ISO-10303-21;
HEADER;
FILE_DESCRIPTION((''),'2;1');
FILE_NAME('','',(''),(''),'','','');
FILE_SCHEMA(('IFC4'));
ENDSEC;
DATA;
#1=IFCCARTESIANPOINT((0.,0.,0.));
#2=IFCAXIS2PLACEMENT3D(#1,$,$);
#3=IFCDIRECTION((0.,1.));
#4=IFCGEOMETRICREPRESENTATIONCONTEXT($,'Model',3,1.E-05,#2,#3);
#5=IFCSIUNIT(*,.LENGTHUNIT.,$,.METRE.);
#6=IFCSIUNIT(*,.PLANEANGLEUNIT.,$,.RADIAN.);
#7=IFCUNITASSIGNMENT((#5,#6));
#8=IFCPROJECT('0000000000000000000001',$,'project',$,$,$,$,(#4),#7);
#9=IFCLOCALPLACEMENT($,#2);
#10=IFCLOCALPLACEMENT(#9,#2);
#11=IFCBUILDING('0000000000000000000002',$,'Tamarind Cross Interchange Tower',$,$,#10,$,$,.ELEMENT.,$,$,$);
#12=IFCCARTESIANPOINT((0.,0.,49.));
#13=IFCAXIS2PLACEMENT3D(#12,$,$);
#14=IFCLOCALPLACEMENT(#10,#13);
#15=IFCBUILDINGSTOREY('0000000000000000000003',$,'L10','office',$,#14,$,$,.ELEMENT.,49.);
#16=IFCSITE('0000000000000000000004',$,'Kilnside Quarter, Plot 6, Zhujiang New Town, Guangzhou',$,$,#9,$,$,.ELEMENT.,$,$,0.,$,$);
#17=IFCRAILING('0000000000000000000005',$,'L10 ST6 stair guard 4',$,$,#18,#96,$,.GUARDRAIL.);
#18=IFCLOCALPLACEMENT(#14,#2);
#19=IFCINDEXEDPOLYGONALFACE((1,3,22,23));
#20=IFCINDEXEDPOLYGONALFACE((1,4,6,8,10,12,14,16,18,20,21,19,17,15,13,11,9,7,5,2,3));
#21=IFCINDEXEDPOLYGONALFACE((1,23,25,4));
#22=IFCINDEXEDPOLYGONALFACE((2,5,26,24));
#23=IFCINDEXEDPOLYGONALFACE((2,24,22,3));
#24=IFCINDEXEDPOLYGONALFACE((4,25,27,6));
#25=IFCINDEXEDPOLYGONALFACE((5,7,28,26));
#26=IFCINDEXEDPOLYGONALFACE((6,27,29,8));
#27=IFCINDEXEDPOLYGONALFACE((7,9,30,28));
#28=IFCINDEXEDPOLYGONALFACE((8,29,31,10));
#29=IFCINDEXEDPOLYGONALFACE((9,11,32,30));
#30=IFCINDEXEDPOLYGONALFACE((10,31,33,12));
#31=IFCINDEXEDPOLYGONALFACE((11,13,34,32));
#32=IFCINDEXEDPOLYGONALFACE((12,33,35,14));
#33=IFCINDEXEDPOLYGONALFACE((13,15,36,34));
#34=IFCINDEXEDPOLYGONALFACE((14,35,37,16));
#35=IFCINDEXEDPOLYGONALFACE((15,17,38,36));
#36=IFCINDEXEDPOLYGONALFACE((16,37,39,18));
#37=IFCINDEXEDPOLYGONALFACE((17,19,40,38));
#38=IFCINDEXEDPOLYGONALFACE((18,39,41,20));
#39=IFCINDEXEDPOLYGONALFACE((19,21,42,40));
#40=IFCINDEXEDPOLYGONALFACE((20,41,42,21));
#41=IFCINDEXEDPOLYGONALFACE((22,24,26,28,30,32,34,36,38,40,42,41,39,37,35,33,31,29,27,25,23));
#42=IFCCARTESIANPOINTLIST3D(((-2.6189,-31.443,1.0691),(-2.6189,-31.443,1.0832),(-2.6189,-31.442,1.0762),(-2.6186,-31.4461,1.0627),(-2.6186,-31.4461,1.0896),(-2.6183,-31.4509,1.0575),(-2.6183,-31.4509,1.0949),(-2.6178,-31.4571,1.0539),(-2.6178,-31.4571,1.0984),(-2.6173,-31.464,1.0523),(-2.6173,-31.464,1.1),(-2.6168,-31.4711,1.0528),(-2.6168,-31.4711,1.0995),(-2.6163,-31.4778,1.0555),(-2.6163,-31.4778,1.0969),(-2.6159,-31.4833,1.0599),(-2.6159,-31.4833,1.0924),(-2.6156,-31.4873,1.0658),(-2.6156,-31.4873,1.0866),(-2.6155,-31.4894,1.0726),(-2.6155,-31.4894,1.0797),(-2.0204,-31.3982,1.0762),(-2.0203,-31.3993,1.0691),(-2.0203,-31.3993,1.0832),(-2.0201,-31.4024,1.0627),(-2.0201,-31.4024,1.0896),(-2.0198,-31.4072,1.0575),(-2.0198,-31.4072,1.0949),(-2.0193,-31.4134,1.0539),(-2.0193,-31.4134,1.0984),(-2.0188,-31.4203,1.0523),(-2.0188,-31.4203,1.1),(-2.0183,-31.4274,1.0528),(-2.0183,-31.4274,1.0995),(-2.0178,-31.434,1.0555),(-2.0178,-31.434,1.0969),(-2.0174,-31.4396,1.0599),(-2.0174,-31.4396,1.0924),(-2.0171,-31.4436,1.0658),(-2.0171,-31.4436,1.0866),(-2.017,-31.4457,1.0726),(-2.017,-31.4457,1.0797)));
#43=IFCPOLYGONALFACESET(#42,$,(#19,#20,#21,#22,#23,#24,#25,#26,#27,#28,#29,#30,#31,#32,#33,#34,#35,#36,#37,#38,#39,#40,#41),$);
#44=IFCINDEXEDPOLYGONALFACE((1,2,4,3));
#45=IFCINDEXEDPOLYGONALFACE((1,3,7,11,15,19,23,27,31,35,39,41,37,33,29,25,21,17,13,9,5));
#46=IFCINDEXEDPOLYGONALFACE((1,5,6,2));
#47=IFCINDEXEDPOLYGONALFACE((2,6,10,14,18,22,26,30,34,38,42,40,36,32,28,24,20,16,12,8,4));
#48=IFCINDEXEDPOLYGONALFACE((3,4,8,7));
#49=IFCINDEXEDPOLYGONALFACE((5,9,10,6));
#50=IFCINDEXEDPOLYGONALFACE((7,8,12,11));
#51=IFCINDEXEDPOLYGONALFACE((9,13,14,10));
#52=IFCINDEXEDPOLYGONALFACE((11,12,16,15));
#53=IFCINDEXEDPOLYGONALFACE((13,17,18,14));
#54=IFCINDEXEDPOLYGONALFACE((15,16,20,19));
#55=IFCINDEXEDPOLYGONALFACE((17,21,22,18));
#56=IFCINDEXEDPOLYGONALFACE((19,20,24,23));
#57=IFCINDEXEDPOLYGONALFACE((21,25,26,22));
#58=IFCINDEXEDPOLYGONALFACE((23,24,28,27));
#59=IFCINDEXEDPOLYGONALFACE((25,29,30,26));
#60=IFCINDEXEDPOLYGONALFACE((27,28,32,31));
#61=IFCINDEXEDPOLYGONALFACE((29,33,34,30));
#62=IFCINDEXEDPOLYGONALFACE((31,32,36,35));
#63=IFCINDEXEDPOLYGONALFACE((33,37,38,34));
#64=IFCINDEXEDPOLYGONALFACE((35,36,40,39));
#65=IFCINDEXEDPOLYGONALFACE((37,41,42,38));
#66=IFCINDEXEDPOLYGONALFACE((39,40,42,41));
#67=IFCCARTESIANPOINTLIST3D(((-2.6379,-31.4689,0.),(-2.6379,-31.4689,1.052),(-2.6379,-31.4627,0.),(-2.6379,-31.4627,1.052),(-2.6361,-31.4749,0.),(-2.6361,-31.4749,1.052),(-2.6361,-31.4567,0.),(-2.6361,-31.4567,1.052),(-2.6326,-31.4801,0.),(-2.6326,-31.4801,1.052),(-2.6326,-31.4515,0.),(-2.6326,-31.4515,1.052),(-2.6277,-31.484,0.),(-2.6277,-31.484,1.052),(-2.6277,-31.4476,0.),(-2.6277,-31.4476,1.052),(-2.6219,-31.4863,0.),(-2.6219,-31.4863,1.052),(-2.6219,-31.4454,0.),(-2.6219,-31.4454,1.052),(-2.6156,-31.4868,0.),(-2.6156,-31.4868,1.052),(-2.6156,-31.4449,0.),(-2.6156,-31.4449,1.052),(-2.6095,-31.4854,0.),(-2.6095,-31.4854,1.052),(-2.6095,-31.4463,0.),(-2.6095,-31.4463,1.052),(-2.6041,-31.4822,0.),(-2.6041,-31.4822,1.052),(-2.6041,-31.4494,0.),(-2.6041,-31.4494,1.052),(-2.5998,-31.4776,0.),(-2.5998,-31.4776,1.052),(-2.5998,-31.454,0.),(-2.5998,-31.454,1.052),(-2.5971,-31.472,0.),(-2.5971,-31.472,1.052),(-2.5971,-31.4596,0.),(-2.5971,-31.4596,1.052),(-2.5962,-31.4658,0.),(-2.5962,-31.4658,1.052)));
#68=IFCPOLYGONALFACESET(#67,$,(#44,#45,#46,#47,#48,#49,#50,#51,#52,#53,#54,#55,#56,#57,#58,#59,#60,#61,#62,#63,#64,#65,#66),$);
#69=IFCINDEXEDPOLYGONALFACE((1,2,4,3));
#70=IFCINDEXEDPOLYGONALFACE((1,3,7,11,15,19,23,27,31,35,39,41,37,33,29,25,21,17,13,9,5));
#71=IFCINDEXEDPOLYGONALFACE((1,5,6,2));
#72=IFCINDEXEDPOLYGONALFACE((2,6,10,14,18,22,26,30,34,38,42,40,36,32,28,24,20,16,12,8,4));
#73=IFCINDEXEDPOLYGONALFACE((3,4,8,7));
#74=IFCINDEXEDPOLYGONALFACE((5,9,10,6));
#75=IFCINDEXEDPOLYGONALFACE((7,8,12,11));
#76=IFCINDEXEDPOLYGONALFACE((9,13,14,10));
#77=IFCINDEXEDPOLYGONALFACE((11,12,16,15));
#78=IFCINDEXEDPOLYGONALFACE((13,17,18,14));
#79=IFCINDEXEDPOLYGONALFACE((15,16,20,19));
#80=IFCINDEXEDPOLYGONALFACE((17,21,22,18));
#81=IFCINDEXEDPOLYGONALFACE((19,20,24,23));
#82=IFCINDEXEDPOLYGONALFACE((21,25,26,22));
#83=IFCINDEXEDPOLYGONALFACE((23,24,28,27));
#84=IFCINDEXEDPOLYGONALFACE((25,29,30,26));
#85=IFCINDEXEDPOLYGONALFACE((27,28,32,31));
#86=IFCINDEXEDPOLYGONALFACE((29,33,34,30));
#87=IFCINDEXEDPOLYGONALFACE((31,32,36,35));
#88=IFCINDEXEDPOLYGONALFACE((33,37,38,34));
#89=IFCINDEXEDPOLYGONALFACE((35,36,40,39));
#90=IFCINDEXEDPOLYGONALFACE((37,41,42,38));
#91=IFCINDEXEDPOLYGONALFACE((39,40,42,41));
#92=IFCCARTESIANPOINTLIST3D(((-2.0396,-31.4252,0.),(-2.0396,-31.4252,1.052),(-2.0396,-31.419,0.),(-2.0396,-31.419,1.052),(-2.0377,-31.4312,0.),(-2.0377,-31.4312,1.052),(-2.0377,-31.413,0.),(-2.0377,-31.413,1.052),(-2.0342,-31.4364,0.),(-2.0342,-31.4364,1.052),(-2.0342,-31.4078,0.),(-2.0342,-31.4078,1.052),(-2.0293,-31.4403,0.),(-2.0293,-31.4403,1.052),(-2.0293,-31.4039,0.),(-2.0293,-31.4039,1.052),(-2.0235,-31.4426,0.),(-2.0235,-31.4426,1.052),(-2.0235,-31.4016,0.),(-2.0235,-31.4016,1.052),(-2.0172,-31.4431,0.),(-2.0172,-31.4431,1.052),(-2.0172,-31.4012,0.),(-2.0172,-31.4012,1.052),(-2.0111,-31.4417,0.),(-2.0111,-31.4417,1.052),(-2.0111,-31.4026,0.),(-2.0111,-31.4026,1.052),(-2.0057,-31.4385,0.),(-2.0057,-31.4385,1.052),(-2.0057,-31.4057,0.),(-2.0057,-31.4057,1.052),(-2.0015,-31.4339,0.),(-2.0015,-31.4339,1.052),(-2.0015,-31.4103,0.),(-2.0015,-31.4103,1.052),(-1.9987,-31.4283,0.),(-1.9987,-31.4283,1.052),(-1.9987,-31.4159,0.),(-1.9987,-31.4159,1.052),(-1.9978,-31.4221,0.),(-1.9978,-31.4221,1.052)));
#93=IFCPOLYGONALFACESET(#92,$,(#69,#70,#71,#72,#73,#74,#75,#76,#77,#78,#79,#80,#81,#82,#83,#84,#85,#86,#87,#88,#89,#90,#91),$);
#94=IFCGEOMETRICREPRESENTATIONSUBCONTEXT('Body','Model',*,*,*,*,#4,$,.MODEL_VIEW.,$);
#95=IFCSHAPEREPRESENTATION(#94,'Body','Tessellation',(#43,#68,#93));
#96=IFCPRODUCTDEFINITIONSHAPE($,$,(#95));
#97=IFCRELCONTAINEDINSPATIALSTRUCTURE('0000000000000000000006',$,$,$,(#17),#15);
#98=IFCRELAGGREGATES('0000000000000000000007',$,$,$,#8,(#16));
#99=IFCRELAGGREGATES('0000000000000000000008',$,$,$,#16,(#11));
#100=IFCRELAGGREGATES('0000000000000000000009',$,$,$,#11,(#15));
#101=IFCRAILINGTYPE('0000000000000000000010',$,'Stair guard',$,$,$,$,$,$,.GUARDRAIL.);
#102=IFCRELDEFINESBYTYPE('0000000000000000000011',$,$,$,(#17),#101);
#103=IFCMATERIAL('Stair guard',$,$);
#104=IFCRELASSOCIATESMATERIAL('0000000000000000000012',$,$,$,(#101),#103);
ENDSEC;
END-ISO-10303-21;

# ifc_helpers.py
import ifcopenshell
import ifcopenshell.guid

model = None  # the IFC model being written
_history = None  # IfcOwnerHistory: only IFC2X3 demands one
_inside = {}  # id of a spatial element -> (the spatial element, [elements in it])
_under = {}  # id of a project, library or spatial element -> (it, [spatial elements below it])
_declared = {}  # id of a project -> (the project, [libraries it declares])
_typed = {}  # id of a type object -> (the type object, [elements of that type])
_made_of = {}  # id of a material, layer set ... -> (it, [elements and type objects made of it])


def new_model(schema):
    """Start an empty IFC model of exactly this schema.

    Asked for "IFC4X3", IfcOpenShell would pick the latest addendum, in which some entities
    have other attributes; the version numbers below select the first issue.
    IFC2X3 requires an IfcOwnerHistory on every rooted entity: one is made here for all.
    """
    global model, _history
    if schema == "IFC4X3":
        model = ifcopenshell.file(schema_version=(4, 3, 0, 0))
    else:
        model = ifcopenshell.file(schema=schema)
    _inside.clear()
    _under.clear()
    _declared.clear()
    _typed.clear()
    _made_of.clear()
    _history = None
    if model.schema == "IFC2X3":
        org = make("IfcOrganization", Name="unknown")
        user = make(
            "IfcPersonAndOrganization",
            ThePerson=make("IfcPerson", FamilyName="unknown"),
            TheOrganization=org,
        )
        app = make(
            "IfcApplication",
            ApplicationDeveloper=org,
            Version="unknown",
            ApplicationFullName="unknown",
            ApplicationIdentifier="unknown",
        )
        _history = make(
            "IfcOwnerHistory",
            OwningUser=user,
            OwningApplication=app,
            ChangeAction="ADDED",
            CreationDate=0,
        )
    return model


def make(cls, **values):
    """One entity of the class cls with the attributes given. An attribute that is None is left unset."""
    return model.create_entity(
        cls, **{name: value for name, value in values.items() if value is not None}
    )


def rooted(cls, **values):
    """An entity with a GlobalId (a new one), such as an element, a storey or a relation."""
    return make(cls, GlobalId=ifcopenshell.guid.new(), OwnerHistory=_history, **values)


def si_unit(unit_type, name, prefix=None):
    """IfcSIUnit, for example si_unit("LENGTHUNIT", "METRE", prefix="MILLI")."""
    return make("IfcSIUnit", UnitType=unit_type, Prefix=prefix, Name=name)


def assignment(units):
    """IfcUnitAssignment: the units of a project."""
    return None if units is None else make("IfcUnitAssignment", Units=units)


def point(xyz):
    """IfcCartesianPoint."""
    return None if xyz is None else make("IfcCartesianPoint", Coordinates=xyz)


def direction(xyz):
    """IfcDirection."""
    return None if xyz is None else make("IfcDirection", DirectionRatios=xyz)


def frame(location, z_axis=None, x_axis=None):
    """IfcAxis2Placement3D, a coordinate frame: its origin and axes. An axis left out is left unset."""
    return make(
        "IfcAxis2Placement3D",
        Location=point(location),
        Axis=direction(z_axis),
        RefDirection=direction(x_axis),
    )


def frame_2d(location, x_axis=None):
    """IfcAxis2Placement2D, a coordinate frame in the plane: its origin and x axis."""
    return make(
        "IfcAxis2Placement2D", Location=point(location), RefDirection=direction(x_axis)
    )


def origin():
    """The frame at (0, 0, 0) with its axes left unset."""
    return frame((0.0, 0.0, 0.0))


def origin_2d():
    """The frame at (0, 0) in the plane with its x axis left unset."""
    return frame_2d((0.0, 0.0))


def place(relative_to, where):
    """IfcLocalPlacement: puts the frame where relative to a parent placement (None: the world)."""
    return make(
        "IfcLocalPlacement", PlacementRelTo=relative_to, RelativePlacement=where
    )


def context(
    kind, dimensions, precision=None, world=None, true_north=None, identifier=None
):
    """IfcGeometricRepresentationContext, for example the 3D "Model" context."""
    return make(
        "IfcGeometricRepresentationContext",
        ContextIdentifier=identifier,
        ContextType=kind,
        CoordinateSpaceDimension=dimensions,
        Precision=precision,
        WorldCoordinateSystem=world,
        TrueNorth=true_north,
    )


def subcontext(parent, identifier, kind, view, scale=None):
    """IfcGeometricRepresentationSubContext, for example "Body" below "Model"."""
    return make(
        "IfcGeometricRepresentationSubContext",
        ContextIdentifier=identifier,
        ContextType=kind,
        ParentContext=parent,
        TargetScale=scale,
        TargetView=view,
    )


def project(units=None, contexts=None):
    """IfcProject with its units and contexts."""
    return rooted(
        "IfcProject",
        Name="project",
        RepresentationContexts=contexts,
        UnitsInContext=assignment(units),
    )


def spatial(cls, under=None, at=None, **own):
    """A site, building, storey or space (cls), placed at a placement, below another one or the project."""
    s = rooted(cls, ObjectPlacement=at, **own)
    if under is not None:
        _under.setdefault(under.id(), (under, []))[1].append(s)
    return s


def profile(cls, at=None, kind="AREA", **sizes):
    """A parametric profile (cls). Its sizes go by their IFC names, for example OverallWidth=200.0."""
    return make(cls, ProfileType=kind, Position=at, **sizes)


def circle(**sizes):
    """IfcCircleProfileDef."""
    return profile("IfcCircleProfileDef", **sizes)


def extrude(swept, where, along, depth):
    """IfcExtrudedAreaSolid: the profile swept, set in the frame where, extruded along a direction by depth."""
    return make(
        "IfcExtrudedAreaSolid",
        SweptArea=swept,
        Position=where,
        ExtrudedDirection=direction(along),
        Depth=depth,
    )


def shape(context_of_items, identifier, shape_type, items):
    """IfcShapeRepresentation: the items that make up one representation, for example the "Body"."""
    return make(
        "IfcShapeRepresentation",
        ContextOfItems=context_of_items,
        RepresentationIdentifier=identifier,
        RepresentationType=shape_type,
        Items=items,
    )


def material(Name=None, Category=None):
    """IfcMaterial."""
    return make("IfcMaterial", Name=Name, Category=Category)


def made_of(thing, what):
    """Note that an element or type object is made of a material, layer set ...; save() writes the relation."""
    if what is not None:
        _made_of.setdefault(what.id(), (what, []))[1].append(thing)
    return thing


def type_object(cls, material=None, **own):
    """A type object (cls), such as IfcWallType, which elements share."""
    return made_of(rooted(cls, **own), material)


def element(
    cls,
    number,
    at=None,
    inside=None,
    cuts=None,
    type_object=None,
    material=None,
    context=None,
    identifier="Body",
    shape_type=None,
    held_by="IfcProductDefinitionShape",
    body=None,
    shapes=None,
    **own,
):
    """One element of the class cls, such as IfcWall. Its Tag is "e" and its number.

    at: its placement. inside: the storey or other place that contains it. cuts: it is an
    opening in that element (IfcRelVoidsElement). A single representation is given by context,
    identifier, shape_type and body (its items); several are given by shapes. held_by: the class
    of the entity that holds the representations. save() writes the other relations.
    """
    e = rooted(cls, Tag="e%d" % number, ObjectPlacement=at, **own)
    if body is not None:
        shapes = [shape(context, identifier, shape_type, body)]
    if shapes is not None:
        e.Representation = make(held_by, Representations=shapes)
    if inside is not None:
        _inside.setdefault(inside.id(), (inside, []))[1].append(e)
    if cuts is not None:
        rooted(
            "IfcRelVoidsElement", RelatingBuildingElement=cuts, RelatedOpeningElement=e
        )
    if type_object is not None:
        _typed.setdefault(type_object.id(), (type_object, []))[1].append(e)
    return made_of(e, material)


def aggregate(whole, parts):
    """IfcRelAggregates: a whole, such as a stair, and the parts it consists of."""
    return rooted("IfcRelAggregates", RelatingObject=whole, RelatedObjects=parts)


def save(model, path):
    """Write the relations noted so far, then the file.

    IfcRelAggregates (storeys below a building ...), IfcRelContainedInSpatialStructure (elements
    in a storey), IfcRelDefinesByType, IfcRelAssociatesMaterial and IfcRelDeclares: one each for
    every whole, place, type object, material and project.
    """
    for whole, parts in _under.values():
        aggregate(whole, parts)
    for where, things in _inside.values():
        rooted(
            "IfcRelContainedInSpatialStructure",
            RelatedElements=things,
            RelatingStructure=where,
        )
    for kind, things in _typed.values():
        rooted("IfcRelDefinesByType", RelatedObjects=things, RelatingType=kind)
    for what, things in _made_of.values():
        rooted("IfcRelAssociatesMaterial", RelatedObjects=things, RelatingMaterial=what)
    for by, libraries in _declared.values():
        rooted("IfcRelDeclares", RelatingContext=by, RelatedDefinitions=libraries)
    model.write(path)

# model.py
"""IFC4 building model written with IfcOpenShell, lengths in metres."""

from ifc_helpers import new_model, si_unit, direction, frame, origin, origin_2d, place, context, subcontext, project, spatial, circle, extrude, material, type_object, element, save


model = new_model("IFC4")

# Units and contexts
model_context = context("Model", 3, precision=1e-05, world=origin(), true_north=direction((0.0, 1.0)))
body_context = subcontext(model_context, "Body", "Model", "MODEL_VIEW")
ifc_project = project(units=[si_unit("LENGTHUNIT", "METRE"), si_unit("PLANEANGLEUNIT", "RADIAN")], contexts=[model_context])

# Site, building, storey
site_placement = place(None, origin())
site = spatial("IfcSite", under=ifc_project, at=site_placement, Name="Kilnside Quarter, Plot 6, Zhujiang New Town, Guangzhou", CompositionType="ELEMENT", RefElevation=0.0)
building_placement = place(site_placement, origin())
building = spatial("IfcBuilding", under=site, at=building_placement, Name="Tamarind Cross Interchange Tower", CompositionType="ELEMENT")
storey_placement = place(building_placement, frame((0.0, 0.0, 49.0)))
storey = spatial("IfcBuildingStorey", under=building, at=storey_placement, Name="L10", Description="office", CompositionType="ELEMENT", Elevation=49.0)

# Railing
ifc_material_1 = material(Name="Stair guard")
railing_type_1 = type_object("IfcRailingType", Name="Stair guard", PredefinedType="GUARDRAIL", material=ifc_material_1)
railing_1_placement = place(storey_placement, frame((-2.6172, -31.4658, 0.0)))
element("IfcRailing", 1, at=railing_1_placement, inside=storey, type_object=railing_type_1, Name="L10 ST6 stair guard 4", PredefinedType="GUARDRAIL", context=body_context, shape_type="SweptSolid", body=[
    extrude(circle(Radius=0.0239, at=origin_2d()), frame((0.0, 0.0, 1.0762), z_axis=(0.997344, 0.072837, 0.0), x_axis=(-0.072837, 0.997344, 0.0)), (0.0, 0.0, 1.0), 0.6001),
    extrude(circle(Radius=0.021, at=origin_2d()), origin(), (0.0, 0.0, 1.0), 1.052),
    extrude(circle(Radius=0.021, at=origin_2d()), frame((0.5984, 0.0437, 0.0)), (0.0, 0.0, 1.0), 1.052),
])

save(model, "model.ifc")
